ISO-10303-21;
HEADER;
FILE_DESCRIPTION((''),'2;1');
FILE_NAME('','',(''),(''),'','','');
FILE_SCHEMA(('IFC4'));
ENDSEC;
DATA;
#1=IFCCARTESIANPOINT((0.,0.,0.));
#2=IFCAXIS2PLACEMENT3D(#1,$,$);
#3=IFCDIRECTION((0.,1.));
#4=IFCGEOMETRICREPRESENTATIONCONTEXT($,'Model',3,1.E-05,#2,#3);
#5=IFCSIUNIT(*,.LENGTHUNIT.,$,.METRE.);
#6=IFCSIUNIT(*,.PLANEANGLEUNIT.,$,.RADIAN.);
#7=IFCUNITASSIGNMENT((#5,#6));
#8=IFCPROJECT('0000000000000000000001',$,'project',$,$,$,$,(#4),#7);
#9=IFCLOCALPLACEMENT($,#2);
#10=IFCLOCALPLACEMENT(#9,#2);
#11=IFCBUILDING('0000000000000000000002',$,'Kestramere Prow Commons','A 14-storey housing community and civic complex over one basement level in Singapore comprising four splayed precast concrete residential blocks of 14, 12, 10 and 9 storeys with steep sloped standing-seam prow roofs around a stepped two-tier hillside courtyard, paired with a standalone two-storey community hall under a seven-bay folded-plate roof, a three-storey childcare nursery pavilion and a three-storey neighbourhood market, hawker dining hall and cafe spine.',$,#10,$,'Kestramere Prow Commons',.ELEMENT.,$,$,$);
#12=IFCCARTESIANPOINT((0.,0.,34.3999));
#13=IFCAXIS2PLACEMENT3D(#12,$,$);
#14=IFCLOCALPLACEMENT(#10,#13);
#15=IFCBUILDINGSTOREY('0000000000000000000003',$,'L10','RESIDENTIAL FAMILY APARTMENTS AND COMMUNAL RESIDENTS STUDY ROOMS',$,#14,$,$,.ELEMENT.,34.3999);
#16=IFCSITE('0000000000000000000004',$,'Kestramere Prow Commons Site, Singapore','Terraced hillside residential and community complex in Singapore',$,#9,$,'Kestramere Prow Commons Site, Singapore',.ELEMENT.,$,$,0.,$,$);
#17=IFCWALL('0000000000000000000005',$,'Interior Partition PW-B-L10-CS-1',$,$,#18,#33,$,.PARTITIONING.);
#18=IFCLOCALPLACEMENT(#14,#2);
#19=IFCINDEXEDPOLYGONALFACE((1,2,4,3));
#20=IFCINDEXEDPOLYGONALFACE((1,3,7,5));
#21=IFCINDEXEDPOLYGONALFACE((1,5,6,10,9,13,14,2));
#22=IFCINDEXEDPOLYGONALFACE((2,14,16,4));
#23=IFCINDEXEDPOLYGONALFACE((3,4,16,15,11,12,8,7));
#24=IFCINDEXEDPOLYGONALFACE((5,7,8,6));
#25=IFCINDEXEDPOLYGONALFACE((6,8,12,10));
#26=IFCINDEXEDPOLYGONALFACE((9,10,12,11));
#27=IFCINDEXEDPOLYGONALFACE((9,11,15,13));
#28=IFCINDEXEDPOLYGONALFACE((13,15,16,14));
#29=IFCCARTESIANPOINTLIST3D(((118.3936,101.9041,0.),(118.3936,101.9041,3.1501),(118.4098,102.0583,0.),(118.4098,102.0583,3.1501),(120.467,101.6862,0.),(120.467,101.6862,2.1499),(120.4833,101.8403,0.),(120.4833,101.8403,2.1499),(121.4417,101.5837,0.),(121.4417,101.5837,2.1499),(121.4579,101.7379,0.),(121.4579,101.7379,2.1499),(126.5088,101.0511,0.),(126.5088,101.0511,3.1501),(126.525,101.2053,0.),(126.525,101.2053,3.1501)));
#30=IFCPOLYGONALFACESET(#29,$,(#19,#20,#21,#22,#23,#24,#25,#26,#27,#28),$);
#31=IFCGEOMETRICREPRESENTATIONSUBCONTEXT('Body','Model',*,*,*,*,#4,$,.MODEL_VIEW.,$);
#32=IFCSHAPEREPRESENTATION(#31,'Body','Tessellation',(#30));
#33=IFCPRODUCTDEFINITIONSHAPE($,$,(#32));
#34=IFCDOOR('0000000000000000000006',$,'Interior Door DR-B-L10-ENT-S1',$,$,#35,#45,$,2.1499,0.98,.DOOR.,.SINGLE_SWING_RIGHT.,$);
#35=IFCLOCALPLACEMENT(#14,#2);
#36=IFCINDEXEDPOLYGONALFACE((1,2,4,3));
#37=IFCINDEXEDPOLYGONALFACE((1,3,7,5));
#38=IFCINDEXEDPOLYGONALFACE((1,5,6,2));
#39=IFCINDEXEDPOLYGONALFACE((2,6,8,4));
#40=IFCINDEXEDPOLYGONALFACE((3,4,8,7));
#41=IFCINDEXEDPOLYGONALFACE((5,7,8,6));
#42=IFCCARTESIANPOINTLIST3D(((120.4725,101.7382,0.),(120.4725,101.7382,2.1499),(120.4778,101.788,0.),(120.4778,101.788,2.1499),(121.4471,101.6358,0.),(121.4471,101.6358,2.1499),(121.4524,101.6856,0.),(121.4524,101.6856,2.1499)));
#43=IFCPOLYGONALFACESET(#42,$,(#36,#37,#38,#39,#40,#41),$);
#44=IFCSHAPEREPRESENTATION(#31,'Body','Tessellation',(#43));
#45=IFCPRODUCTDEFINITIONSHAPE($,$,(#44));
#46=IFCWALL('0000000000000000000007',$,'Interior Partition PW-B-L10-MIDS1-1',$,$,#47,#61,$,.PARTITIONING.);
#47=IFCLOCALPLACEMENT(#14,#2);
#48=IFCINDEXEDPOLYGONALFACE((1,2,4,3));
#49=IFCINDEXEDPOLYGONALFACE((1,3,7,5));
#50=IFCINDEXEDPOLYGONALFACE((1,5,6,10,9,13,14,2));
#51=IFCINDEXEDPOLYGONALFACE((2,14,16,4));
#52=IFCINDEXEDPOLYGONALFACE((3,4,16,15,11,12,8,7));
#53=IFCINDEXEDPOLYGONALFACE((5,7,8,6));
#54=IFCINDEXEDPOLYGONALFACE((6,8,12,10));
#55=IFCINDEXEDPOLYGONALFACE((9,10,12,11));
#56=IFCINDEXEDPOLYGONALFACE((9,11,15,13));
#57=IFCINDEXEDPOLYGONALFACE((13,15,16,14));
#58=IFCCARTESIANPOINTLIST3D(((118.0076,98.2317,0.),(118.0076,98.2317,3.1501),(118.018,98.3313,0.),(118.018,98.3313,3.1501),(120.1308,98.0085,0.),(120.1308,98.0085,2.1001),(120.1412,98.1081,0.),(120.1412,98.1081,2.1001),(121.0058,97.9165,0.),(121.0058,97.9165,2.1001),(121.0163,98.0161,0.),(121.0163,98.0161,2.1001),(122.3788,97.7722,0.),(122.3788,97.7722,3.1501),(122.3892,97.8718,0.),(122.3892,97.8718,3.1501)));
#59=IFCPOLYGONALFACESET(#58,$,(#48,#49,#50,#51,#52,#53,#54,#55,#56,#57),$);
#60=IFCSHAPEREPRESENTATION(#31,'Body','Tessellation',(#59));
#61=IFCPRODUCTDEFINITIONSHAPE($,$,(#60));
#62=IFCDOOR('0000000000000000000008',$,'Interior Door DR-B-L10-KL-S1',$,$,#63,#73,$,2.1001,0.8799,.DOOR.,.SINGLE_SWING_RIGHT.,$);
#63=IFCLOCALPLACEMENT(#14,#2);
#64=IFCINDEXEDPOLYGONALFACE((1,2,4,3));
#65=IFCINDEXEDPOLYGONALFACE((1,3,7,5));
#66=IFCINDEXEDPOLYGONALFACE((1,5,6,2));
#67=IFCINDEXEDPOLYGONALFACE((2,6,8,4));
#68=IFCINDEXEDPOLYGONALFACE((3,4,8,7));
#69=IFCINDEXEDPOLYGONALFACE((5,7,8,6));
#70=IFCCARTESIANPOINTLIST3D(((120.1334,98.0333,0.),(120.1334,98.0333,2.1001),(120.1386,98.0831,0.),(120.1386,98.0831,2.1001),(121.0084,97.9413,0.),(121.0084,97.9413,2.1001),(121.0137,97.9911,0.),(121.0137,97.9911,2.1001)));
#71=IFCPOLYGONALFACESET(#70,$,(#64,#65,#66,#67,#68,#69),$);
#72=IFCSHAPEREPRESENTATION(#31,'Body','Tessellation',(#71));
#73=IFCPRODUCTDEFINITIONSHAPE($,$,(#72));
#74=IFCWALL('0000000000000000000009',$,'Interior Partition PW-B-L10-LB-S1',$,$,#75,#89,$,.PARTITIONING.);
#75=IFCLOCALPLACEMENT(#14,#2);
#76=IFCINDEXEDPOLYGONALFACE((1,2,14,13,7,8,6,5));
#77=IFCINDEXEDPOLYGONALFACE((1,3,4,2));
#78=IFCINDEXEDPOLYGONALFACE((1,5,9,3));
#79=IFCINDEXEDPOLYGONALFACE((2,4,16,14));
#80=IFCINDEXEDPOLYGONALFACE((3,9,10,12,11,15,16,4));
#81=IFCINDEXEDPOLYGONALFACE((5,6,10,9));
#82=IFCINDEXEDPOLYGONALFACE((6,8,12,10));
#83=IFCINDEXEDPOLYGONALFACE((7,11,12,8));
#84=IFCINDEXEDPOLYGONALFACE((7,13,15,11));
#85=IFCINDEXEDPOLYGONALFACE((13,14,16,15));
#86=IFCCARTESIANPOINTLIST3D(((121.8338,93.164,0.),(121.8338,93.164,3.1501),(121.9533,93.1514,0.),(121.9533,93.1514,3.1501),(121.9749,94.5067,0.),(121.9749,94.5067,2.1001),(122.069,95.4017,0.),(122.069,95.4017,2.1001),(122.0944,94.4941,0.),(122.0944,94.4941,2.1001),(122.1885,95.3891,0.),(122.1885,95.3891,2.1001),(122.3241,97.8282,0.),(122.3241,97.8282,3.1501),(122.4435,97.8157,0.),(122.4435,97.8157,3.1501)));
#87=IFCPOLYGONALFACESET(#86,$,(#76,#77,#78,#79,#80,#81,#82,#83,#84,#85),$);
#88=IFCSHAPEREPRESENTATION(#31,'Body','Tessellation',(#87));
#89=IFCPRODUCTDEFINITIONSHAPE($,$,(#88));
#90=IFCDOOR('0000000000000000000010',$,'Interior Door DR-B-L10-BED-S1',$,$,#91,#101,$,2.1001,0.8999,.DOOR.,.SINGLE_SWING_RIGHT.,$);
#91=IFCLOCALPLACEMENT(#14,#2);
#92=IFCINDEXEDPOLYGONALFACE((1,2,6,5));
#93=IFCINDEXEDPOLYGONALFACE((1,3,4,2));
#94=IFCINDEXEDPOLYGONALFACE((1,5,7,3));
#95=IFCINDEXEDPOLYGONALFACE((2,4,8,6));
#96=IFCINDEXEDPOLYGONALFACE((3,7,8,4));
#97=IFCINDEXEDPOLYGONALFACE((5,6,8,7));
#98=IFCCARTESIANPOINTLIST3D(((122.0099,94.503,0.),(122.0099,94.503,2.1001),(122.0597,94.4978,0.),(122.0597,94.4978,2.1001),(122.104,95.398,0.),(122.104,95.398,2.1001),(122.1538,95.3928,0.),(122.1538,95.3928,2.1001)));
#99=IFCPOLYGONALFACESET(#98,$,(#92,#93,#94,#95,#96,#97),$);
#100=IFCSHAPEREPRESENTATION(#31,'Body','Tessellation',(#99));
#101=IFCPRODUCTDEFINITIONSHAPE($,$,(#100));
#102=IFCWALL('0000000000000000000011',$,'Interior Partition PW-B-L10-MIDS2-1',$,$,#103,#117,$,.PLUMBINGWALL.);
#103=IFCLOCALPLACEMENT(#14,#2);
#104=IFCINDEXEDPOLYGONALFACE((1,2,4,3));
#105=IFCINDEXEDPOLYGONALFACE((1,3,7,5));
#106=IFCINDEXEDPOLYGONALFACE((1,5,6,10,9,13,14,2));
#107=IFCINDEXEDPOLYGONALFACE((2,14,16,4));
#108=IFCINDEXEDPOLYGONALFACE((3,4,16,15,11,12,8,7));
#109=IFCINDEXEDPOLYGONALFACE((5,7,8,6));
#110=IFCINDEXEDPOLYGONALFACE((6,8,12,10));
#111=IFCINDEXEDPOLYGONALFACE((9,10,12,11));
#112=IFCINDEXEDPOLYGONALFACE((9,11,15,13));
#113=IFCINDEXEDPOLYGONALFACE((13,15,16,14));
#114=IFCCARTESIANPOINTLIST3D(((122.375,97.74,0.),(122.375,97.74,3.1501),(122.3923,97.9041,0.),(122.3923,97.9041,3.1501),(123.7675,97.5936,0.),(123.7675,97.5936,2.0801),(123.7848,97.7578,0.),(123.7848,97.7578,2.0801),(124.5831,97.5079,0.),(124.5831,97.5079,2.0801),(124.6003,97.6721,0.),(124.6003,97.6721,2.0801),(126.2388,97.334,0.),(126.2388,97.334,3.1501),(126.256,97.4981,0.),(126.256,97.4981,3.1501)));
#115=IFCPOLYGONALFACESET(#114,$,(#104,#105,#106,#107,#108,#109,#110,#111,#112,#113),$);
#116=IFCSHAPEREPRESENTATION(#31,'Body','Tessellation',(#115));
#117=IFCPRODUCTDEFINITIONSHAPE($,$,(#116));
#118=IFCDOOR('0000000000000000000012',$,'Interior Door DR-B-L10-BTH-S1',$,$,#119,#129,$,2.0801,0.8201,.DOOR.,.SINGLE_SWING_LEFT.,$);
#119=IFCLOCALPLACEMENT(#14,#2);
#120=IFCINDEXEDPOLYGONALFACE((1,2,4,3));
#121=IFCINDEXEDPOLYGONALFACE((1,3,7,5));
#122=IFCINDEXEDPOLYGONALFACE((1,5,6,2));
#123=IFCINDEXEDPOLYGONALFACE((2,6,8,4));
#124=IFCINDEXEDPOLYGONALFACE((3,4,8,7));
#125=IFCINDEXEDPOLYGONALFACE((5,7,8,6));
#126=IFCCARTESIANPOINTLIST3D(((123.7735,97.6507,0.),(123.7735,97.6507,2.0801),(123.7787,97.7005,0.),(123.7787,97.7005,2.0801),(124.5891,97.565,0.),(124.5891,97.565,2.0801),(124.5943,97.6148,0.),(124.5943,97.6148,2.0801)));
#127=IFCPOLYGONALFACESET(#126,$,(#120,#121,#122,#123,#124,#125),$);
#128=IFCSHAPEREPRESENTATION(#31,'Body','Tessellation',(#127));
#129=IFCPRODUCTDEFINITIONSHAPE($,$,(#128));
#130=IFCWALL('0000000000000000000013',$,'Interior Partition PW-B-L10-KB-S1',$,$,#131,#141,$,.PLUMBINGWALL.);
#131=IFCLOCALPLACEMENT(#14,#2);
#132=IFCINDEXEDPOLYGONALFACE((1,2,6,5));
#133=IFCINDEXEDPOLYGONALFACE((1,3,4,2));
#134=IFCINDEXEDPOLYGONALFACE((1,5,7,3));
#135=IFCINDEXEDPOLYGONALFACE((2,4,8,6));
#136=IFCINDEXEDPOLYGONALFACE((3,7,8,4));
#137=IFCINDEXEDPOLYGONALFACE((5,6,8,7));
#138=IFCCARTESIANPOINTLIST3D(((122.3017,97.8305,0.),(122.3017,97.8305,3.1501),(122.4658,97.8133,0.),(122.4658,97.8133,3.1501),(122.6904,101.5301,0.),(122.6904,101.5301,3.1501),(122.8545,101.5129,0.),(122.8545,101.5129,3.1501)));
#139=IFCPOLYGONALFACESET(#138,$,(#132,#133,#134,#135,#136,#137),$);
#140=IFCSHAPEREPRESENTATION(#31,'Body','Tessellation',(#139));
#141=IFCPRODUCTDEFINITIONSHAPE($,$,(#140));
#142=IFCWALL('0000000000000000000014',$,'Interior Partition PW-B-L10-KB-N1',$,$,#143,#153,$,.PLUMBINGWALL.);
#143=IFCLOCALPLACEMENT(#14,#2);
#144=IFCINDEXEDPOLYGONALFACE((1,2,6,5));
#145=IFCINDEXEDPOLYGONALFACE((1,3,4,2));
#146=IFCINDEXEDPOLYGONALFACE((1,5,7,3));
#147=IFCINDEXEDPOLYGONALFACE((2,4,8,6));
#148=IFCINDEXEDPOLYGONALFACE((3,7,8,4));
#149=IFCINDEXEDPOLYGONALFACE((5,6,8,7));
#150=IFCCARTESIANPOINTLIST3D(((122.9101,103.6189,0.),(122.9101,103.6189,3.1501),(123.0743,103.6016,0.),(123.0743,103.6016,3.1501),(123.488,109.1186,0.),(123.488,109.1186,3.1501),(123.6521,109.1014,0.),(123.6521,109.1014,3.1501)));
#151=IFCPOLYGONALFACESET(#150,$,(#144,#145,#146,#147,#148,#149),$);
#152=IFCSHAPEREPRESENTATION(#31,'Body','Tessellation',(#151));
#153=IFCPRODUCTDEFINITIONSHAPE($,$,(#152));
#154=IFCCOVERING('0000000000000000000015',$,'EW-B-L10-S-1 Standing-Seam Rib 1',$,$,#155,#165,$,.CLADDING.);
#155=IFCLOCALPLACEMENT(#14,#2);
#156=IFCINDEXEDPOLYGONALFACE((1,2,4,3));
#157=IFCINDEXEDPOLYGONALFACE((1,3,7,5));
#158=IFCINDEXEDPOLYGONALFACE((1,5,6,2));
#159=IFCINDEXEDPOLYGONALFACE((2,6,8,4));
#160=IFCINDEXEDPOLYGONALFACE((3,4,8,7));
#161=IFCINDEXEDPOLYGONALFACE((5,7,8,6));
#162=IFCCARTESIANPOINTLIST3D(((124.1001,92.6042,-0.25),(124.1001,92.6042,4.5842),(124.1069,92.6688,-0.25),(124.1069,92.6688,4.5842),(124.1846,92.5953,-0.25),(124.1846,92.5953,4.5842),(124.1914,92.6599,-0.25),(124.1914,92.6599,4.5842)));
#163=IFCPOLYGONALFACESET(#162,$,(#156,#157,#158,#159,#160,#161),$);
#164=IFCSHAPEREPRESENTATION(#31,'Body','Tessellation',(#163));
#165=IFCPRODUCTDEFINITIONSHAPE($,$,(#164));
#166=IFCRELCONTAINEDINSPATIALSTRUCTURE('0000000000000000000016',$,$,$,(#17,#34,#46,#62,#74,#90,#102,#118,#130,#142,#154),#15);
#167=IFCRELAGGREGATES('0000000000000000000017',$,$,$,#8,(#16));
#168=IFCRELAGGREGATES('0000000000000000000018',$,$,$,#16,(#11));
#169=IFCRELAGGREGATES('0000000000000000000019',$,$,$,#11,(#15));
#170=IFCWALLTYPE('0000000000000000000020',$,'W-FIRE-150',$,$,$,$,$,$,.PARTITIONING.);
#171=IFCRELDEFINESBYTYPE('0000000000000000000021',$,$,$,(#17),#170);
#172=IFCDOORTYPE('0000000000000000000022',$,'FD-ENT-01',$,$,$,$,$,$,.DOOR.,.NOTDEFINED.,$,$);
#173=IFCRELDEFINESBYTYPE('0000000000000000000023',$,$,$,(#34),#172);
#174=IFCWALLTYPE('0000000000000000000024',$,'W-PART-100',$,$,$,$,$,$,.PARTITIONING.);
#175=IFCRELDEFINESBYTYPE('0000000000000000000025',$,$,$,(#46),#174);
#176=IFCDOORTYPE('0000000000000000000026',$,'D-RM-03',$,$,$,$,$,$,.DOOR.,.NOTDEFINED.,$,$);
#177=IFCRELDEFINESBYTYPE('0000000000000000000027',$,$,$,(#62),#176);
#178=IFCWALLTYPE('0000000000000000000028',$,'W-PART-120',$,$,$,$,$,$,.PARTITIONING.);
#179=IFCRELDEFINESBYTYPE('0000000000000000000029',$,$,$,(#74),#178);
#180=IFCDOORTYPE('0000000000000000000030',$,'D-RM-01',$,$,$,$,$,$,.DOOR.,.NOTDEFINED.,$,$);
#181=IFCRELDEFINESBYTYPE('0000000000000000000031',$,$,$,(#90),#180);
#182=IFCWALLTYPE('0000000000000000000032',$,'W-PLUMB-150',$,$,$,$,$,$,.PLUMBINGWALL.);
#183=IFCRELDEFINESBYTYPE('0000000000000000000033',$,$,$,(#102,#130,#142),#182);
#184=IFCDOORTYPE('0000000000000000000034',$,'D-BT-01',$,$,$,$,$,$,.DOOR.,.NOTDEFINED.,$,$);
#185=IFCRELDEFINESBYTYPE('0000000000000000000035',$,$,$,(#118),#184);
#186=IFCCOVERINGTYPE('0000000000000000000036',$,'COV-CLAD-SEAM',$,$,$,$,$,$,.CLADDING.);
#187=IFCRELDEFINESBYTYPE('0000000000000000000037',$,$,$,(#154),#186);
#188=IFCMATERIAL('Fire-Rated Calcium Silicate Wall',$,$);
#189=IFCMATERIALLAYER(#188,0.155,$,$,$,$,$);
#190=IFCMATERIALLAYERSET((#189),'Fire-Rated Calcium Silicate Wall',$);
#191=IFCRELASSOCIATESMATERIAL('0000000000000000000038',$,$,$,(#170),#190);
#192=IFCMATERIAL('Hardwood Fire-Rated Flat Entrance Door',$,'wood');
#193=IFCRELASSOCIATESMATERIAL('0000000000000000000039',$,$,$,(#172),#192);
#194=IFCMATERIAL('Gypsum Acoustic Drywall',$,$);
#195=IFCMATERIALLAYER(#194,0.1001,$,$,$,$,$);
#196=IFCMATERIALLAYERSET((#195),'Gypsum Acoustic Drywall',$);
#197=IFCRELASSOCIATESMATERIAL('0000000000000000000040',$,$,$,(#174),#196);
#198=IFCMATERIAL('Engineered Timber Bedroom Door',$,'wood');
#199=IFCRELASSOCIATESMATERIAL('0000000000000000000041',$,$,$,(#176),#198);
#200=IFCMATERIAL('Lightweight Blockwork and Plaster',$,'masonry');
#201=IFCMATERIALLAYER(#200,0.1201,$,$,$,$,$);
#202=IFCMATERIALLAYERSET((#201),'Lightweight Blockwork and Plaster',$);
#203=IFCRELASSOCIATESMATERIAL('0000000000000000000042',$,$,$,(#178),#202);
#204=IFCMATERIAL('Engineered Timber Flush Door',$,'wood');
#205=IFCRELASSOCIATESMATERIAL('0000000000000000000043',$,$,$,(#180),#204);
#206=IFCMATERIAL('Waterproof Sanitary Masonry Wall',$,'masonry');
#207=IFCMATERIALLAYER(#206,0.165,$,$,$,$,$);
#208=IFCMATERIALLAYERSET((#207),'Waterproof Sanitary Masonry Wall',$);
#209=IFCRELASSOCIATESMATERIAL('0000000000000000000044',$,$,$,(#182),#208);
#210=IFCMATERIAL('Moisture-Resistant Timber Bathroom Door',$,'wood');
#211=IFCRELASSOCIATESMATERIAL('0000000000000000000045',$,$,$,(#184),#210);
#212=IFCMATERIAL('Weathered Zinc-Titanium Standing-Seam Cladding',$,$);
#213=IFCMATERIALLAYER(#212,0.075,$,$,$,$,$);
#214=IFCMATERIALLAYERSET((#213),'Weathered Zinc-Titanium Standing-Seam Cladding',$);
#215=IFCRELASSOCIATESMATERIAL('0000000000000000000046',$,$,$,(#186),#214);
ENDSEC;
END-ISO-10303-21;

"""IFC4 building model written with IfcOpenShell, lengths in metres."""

from ifc_helpers import new_model, si_unit, direction, frame, frame_2d, origin, origin_2d, place, context, subcontext, project, spatial, rectangle, extrude, material, layer, layer_set, type_object, element, fill, save


model = new_model("IFC4")

# Units and contexts
model_context = context("Model", 3, precision=1e-05, world=origin(), true_north=direction((0.0, 1.0)))
body_context = subcontext(model_context, "Body", "Model", "MODEL_VIEW")
ifc_project = project(units=[si_unit("LENGTHUNIT", "METRE"), si_unit("PLANEANGLEUNIT", "RADIAN")], contexts=[model_context])

# Site, building, storey
site_placement = place(None, origin())
site = spatial("IfcSite", under=ifc_project, at=site_placement, Name="Kestramere Prow Commons Site, Singapore", Description="Terraced hillside residential and community complex in Singapore", LongName="Kestramere Prow Commons Site, Singapore", CompositionType="ELEMENT", RefElevation=0.0)
building_placement = place(site_placement, origin())
building = spatial("IfcBuilding", under=site, at=building_placement, Name="Kestramere Prow Commons", Description="A 14-storey housing community and civic complex over one basement level in Singapore comprising four splayed precast concrete residential blocks of 14, 12, 10 and 9 storeys with steep sloped standing-seam prow roofs around a stepped two-tier hillside courtyard, paired with a standalone two-storey community hall under a seven-bay folded-plate roof, a three-storey childcare nursery pavilion and a three-storey neighbourhood market, hawker dining hall and cafe spine.", LongName="Kestramere Prow Commons", CompositionType="ELEMENT")
storey_placement = place(building_placement, frame((0.0, 0.0, 34.3999)))
storey = spatial("IfcBuildingStorey", under=building, at=storey_placement, Name="L10", Description="RESIDENTIAL FAMILY APARTMENTS AND COMMUNAL RESIDENTS STUDY ROOMS", CompositionType="ELEMENT", Elevation=34.3999)

# Walls, openings, doors
ifc_material_1 = material(Name="Fire-Rated Calcium Silicate Wall")
ifc_layer_1 = layer(ifc_material_1, 0.155)
ifc_layer_set_1 = layer_set([ifc_layer_1], Name="Fire-Rated Calcium Silicate Wall")
wall_type_1 = type_object("IfcWallType", Name="W-FIRE-150", PredefinedType="PARTITIONING", material=ifc_layer_set_1)
wall_1_placement = place(storey_placement, frame((118.4016, 101.9812, 0.0), z_axis=(0.0, 0.0, 1.0), x_axis=(0.994521, -0.104538, 0.0)))
wall_1 = element("IfcWall", 1, at=wall_1_placement, inside=storey, type_object=wall_type_1, Name="Interior Partition PW-B-L10-CS-1", PredefinedType="PARTITIONING", context=body_context, shape_type="SweptSolid", body=[
    extrude(rectangle(XDim=8.1599, YDim=0.155, at=frame_2d((4.0801, 0.0))), origin(), (0.0, 0.0, 1.0), 3.1501),
])
opening_1_placement = place(wall_1_placement, frame((2.085, 0.0, 0.0)))
opening_1 = element("IfcOpeningElement", 2, at=opening_1_placement, cuts=wall_1, PredefinedType="OPENING", context=body_context, shape_type="SweptSolid", body=[
    extrude(rectangle(XDim=0.98, YDim=2.1499, at=frame_2d((0.49, 1.075))), frame((0.0, 0.0925, 0.0), z_axis=(0.0, -1.0, 0.0), x_axis=(1.0, 0.0, 0.0)), (0.0, 0.0, 1.0), 0.1851),
])
ifc_material_2 = material(Name="Hardwood Fire-Rated Flat Entrance Door", Category="wood")
door_type_1 = type_object("IfcDoorType", Name="FD-ENT-01", OperationType="NOTDEFINED", PredefinedType="DOOR", material=ifc_material_2)
door_1_placement = place(opening_1_placement, origin())
door_1 = element("IfcDoor", 3, at=door_1_placement, inside=storey, type_object=door_type_1, Name="Interior Door DR-B-L10-ENT-S1", OperationType="SINGLE_SWING_RIGHT", OverallHeight=2.1499, OverallWidth=0.98, PredefinedType="DOOR", context=body_context, shape_type="SweptSolid", body=[
    extrude(rectangle(XDim=0.98, YDim=2.1499, at=frame_2d((0.49, 1.075))), frame((0.0, 0.0249, 0.0), z_axis=(0.0, -1.0, 0.0), x_axis=(1.0, 0.0, 0.0)), (0.0, 0.0, 1.0), 0.05),
])
fill(opening_1, door_1)
ifc_material_3 = material(Name="Gypsum Acoustic Drywall")
ifc_layer_2 = layer(ifc_material_3, 0.1001)
ifc_layer_set_2 = layer_set([ifc_layer_2], Name="Gypsum Acoustic Drywall")
wall_type_2 = type_object("IfcWallType", Name="W-PART-100", PredefinedType="PARTITIONING", material=ifc_layer_set_2)
wall_2_placement = place(storey_placement, frame((118.0127, 98.2815, 0.0), z_axis=(0.0, 0.0, 1.0), x_axis=(0.994521, -0.10454, 0.0)))
wall_2 = element("IfcWall", 4, at=wall_2_placement, inside=storey, type_object=wall_type_2, Name="Interior Partition PW-B-L10-MIDS1-1", PredefinedType="PARTITIONING", context=body_context, shape_type="SweptSolid", body=[
    extrude(rectangle(XDim=4.3953, YDim=0.1001, at=frame_2d((2.1978, 0.0))), origin(), (0.0, 0.0, 1.0), 3.1501),
])
opening_2_placement = place(wall_2_placement, frame((2.135, 0.0, 0.0)))
opening_2 = element("IfcOpeningElement", 5, at=opening_2_placement, cuts=wall_2, PredefinedType="OPENING", context=body_context, shape_type="SweptSolid", body=[
    extrude(rectangle(XDim=0.8799, YDim=2.1001, at=frame_2d((0.4399, 1.05))), frame((0.0, 0.0649, 0.0), z_axis=(0.0, -1.0, 0.0), x_axis=(1.0, 0.0, 0.0)), (0.0, 0.0, 1.0), 0.1301),
])
ifc_material_4 = material(Name="Engineered Timber Bedroom Door", Category="wood")
door_type_2 = type_object("IfcDoorType", Name="D-RM-03", OperationType="NOTDEFINED", PredefinedType="DOOR", material=ifc_material_4)
door_2_placement = place(opening_2_placement, origin())
door_2 = element("IfcDoor", 6, at=door_2_placement, inside=storey, type_object=door_type_2, Name="Interior Door DR-B-L10-KL-S1", OperationType="SINGLE_SWING_RIGHT", OverallHeight=2.1001, OverallWidth=0.8799, PredefinedType="DOOR", context=body_context, shape_type="SweptSolid", body=[
    extrude(rectangle(XDim=0.8799, YDim=2.1001, at=frame_2d((0.4399, 1.05))), frame((0.0, 0.0249, 0.0), z_axis=(0.0, -1.0, 0.0), x_axis=(1.0, 0.0, 0.0)), (0.0, 0.0, 1.0), 0.05),
])
fill(opening_2, door_2)
ifc_material_5 = material(Name="Lightweight Blockwork and Plaster", Category="masonry")
ifc_layer_3 = layer(ifc_material_5, 0.1201)
ifc_layer_set_3 = layer_set([ifc_layer_3], Name="Lightweight Blockwork and Plaster")
wall_type_3 = type_object("IfcWallType", Name="W-PART-120", PredefinedType="PARTITIONING", material=ifc_layer_set_3)
wall_3_placement = place(storey_placement, frame((121.8936, 93.1577, 0.0), z_axis=(0.0, 0.0, 1.0), x_axis=(0.104528, 0.994522, 0.0)))
wall_3 = element("IfcWall", 7, at=wall_3_placement, inside=storey, type_object=wall_type_3, Name="Interior Partition PW-B-L10-LB-S1", PredefinedType="PARTITIONING", context=body_context, shape_type="SweptSolid", body=[
    extrude(rectangle(XDim=4.6899, YDim=0.1201, at=frame_2d((2.345, 0.0))), origin(), (0.0, 0.0, 1.0), 3.1501),
])
opening_3_placement = place(wall_3_placement, frame((1.3501, 0.0, 0.0)))
opening_3 = element("IfcOpeningElement", 8, at=opening_3_placement, cuts=wall_3, PredefinedType="OPENING", context=body_context, shape_type="SweptSolid", body=[
    extrude(rectangle(XDim=0.8999, YDim=2.1001, at=frame_2d((0.45, 1.05))), frame((0.0, 0.075, 0.0), z_axis=(0.0, -1.0, 0.0), x_axis=(1.0, 0.0, 0.0)), (0.0, 0.0, 1.0), 0.1501),
])
ifc_material_6 = material(Name="Engineered Timber Flush Door", Category="wood")
door_type_3 = type_object("IfcDoorType", Name="D-RM-01", OperationType="NOTDEFINED", PredefinedType="DOOR", material=ifc_material_6)
door_3_placement = place(opening_3_placement, origin())
door_3 = element("IfcDoor", 9, at=door_3_placement, inside=storey, type_object=door_type_3, Name="Interior Door DR-B-L10-BED-S1", OperationType="SINGLE_SWING_RIGHT", OverallHeight=2.1001, OverallWidth=0.8999, PredefinedType="DOOR", context=body_context, shape_type="SweptSolid", body=[
    extrude(rectangle(XDim=0.8999, YDim=2.1001, at=frame_2d((0.45, 1.05))), frame((0.0, 0.0249, 0.0), z_axis=(0.0, -1.0, 0.0), x_axis=(1.0, 0.0, 0.0)), (0.0, 0.0, 1.0), 0.05),
])
fill(opening_3, door_3)
ifc_material_7 = material(Name="Waterproof Sanitary Masonry Wall", Category="masonry")
ifc_layer_4 = layer(ifc_material_7, 0.165)
ifc_layer_set_4 = layer_set([ifc_layer_4], Name="Waterproof Sanitary Masonry Wall")
wall_type_4 = type_object("IfcWallType", Name="W-PLUMB-150", PredefinedType="PLUMBINGWALL", material=ifc_layer_set_4)
wall_4_placement = place(storey_placement, frame((122.3838, 97.822, 0.0), z_axis=(0.0, 0.0, 1.0), x_axis=(0.994524, -0.104505, 0.0)))
wall_4 = element("IfcWall", 10, at=wall_4_placement, inside=storey, type_object=wall_type_4, Name="Interior Partition PW-B-L10-MIDS2-1", PredefinedType="PLUMBINGWALL", context=body_context, shape_type="SweptSolid", body=[
    extrude(rectangle(XDim=3.885, YDim=0.165, at=frame_2d((1.9424, 0.0))), origin(), (0.0, 0.0, 1.0), 3.1501),
])
opening_4_placement = place(wall_4_placement, frame((1.3999, 0.0, 0.0)))
opening_4 = element("IfcOpeningElement", 11, at=opening_4_placement, cuts=wall_4, PredefinedType="OPENING", context=body_context, shape_type="SweptSolid", body=[
    extrude(rectangle(XDim=0.8201, YDim=2.0801, at=frame_2d((0.4102, 1.04))), frame((0.0, 0.0974, 0.0), z_axis=(0.0, -1.0, 0.0), x_axis=(1.0, 0.0, 0.0)), (0.0, 0.0, 1.0), 0.1951),
])
ifc_material_8 = material(Name="Moisture-Resistant Timber Bathroom Door", Category="wood")
door_type_4 = type_object("IfcDoorType", Name="D-BT-01", OperationType="NOTDEFINED", PredefinedType="DOOR", material=ifc_material_8)
door_4_placement = place(opening_4_placement, origin())
door_4 = element("IfcDoor", 12, at=door_4_placement, inside=storey, type_object=door_type_4, Name="Interior Door DR-B-L10-BTH-S1", OperationType="SINGLE_SWING_LEFT", OverallHeight=2.0801, OverallWidth=0.8201, PredefinedType="DOOR", context=body_context, shape_type="SweptSolid", body=[
    extrude(rectangle(XDim=0.8201, YDim=2.0801, at=frame_2d((0.4102, 1.04))), frame((0.0, 0.0249, 0.0), z_axis=(0.0, -1.0, 0.0), x_axis=(1.0, 0.0, 0.0)), (0.0, 0.0, 1.0), 0.05),
])
fill(opening_4, door_4)

# Walls
wall_5_placement = place(storey_placement, frame((122.3838, 97.822, 0.0), z_axis=(0.0, 0.0, 1.0), x_axis=(0.10448, 0.994527, 0.0)))
element("IfcWall", 13, at=wall_5_placement, inside=storey, type_object=wall_type_4, Name="Interior Partition PW-B-L10-KB-S1", PredefinedType="PLUMBINGWALL", context=body_context, shape_type="SweptSolid", body=[
    extrude(rectangle(XDim=3.72, YDim=0.165, at=frame_2d((1.8599, 0.0))), origin(), (0.0, 0.0, 1.0), 3.1501),
])
wall_6_placement = place(storey_placement, frame((122.9922, 103.6101, 0.0), z_axis=(0.0, 0.0, 1.0), x_axis=(0.104499, 0.994525, 0.0)))
element("IfcWall", 14, at=wall_6_placement, inside=storey, type_object=wall_type_4, Name="Interior Partition PW-B-L10-KB-N1", PredefinedType="PLUMBINGWALL", context=body_context, shape_type="SweptSolid", body=[
    extrude(rectangle(XDim=5.53, YDim=0.165, at=frame_2d((2.7651, 0.0))), origin(), (0.0, 0.0, 1.0), 3.1501),
])

# Covering
ifc_material_9 = material(Name="Weathered Zinc-Titanium Standing-Seam Cladding")
ifc_layer_5 = layer(ifc_material_9, 0.075)
ifc_layer_set_5 = layer_set([ifc_layer_5], Name="Weathered Zinc-Titanium Standing-Seam Cladding")
covering_type = type_object("IfcCoveringType", Name="COV-CLAD-SEAM", PredefinedType="CLADDING", material=ifc_layer_set_5)
covering_1_placement = place(storey_placement, frame((124.1458, 92.6321, -0.25), z_axis=(0.0, 0.0, 1.0), x_axis=(-0.994522, 0.104528, 0.0)))
element("IfcCovering", 15, at=covering_1_placement, inside=storey, type_object=covering_type, Name="EW-B-L10-S-1 Standing-Seam Rib 1", PredefinedType="CLADDING", context=body_context, shape_type="SweptSolid", body=[
    extrude(rectangle(XDim=0.085, YDim=0.0649, at=origin_2d()), origin(), (0.0, 0.0, 1.0), 4.8342),
])

save(model, "model.ifc")
